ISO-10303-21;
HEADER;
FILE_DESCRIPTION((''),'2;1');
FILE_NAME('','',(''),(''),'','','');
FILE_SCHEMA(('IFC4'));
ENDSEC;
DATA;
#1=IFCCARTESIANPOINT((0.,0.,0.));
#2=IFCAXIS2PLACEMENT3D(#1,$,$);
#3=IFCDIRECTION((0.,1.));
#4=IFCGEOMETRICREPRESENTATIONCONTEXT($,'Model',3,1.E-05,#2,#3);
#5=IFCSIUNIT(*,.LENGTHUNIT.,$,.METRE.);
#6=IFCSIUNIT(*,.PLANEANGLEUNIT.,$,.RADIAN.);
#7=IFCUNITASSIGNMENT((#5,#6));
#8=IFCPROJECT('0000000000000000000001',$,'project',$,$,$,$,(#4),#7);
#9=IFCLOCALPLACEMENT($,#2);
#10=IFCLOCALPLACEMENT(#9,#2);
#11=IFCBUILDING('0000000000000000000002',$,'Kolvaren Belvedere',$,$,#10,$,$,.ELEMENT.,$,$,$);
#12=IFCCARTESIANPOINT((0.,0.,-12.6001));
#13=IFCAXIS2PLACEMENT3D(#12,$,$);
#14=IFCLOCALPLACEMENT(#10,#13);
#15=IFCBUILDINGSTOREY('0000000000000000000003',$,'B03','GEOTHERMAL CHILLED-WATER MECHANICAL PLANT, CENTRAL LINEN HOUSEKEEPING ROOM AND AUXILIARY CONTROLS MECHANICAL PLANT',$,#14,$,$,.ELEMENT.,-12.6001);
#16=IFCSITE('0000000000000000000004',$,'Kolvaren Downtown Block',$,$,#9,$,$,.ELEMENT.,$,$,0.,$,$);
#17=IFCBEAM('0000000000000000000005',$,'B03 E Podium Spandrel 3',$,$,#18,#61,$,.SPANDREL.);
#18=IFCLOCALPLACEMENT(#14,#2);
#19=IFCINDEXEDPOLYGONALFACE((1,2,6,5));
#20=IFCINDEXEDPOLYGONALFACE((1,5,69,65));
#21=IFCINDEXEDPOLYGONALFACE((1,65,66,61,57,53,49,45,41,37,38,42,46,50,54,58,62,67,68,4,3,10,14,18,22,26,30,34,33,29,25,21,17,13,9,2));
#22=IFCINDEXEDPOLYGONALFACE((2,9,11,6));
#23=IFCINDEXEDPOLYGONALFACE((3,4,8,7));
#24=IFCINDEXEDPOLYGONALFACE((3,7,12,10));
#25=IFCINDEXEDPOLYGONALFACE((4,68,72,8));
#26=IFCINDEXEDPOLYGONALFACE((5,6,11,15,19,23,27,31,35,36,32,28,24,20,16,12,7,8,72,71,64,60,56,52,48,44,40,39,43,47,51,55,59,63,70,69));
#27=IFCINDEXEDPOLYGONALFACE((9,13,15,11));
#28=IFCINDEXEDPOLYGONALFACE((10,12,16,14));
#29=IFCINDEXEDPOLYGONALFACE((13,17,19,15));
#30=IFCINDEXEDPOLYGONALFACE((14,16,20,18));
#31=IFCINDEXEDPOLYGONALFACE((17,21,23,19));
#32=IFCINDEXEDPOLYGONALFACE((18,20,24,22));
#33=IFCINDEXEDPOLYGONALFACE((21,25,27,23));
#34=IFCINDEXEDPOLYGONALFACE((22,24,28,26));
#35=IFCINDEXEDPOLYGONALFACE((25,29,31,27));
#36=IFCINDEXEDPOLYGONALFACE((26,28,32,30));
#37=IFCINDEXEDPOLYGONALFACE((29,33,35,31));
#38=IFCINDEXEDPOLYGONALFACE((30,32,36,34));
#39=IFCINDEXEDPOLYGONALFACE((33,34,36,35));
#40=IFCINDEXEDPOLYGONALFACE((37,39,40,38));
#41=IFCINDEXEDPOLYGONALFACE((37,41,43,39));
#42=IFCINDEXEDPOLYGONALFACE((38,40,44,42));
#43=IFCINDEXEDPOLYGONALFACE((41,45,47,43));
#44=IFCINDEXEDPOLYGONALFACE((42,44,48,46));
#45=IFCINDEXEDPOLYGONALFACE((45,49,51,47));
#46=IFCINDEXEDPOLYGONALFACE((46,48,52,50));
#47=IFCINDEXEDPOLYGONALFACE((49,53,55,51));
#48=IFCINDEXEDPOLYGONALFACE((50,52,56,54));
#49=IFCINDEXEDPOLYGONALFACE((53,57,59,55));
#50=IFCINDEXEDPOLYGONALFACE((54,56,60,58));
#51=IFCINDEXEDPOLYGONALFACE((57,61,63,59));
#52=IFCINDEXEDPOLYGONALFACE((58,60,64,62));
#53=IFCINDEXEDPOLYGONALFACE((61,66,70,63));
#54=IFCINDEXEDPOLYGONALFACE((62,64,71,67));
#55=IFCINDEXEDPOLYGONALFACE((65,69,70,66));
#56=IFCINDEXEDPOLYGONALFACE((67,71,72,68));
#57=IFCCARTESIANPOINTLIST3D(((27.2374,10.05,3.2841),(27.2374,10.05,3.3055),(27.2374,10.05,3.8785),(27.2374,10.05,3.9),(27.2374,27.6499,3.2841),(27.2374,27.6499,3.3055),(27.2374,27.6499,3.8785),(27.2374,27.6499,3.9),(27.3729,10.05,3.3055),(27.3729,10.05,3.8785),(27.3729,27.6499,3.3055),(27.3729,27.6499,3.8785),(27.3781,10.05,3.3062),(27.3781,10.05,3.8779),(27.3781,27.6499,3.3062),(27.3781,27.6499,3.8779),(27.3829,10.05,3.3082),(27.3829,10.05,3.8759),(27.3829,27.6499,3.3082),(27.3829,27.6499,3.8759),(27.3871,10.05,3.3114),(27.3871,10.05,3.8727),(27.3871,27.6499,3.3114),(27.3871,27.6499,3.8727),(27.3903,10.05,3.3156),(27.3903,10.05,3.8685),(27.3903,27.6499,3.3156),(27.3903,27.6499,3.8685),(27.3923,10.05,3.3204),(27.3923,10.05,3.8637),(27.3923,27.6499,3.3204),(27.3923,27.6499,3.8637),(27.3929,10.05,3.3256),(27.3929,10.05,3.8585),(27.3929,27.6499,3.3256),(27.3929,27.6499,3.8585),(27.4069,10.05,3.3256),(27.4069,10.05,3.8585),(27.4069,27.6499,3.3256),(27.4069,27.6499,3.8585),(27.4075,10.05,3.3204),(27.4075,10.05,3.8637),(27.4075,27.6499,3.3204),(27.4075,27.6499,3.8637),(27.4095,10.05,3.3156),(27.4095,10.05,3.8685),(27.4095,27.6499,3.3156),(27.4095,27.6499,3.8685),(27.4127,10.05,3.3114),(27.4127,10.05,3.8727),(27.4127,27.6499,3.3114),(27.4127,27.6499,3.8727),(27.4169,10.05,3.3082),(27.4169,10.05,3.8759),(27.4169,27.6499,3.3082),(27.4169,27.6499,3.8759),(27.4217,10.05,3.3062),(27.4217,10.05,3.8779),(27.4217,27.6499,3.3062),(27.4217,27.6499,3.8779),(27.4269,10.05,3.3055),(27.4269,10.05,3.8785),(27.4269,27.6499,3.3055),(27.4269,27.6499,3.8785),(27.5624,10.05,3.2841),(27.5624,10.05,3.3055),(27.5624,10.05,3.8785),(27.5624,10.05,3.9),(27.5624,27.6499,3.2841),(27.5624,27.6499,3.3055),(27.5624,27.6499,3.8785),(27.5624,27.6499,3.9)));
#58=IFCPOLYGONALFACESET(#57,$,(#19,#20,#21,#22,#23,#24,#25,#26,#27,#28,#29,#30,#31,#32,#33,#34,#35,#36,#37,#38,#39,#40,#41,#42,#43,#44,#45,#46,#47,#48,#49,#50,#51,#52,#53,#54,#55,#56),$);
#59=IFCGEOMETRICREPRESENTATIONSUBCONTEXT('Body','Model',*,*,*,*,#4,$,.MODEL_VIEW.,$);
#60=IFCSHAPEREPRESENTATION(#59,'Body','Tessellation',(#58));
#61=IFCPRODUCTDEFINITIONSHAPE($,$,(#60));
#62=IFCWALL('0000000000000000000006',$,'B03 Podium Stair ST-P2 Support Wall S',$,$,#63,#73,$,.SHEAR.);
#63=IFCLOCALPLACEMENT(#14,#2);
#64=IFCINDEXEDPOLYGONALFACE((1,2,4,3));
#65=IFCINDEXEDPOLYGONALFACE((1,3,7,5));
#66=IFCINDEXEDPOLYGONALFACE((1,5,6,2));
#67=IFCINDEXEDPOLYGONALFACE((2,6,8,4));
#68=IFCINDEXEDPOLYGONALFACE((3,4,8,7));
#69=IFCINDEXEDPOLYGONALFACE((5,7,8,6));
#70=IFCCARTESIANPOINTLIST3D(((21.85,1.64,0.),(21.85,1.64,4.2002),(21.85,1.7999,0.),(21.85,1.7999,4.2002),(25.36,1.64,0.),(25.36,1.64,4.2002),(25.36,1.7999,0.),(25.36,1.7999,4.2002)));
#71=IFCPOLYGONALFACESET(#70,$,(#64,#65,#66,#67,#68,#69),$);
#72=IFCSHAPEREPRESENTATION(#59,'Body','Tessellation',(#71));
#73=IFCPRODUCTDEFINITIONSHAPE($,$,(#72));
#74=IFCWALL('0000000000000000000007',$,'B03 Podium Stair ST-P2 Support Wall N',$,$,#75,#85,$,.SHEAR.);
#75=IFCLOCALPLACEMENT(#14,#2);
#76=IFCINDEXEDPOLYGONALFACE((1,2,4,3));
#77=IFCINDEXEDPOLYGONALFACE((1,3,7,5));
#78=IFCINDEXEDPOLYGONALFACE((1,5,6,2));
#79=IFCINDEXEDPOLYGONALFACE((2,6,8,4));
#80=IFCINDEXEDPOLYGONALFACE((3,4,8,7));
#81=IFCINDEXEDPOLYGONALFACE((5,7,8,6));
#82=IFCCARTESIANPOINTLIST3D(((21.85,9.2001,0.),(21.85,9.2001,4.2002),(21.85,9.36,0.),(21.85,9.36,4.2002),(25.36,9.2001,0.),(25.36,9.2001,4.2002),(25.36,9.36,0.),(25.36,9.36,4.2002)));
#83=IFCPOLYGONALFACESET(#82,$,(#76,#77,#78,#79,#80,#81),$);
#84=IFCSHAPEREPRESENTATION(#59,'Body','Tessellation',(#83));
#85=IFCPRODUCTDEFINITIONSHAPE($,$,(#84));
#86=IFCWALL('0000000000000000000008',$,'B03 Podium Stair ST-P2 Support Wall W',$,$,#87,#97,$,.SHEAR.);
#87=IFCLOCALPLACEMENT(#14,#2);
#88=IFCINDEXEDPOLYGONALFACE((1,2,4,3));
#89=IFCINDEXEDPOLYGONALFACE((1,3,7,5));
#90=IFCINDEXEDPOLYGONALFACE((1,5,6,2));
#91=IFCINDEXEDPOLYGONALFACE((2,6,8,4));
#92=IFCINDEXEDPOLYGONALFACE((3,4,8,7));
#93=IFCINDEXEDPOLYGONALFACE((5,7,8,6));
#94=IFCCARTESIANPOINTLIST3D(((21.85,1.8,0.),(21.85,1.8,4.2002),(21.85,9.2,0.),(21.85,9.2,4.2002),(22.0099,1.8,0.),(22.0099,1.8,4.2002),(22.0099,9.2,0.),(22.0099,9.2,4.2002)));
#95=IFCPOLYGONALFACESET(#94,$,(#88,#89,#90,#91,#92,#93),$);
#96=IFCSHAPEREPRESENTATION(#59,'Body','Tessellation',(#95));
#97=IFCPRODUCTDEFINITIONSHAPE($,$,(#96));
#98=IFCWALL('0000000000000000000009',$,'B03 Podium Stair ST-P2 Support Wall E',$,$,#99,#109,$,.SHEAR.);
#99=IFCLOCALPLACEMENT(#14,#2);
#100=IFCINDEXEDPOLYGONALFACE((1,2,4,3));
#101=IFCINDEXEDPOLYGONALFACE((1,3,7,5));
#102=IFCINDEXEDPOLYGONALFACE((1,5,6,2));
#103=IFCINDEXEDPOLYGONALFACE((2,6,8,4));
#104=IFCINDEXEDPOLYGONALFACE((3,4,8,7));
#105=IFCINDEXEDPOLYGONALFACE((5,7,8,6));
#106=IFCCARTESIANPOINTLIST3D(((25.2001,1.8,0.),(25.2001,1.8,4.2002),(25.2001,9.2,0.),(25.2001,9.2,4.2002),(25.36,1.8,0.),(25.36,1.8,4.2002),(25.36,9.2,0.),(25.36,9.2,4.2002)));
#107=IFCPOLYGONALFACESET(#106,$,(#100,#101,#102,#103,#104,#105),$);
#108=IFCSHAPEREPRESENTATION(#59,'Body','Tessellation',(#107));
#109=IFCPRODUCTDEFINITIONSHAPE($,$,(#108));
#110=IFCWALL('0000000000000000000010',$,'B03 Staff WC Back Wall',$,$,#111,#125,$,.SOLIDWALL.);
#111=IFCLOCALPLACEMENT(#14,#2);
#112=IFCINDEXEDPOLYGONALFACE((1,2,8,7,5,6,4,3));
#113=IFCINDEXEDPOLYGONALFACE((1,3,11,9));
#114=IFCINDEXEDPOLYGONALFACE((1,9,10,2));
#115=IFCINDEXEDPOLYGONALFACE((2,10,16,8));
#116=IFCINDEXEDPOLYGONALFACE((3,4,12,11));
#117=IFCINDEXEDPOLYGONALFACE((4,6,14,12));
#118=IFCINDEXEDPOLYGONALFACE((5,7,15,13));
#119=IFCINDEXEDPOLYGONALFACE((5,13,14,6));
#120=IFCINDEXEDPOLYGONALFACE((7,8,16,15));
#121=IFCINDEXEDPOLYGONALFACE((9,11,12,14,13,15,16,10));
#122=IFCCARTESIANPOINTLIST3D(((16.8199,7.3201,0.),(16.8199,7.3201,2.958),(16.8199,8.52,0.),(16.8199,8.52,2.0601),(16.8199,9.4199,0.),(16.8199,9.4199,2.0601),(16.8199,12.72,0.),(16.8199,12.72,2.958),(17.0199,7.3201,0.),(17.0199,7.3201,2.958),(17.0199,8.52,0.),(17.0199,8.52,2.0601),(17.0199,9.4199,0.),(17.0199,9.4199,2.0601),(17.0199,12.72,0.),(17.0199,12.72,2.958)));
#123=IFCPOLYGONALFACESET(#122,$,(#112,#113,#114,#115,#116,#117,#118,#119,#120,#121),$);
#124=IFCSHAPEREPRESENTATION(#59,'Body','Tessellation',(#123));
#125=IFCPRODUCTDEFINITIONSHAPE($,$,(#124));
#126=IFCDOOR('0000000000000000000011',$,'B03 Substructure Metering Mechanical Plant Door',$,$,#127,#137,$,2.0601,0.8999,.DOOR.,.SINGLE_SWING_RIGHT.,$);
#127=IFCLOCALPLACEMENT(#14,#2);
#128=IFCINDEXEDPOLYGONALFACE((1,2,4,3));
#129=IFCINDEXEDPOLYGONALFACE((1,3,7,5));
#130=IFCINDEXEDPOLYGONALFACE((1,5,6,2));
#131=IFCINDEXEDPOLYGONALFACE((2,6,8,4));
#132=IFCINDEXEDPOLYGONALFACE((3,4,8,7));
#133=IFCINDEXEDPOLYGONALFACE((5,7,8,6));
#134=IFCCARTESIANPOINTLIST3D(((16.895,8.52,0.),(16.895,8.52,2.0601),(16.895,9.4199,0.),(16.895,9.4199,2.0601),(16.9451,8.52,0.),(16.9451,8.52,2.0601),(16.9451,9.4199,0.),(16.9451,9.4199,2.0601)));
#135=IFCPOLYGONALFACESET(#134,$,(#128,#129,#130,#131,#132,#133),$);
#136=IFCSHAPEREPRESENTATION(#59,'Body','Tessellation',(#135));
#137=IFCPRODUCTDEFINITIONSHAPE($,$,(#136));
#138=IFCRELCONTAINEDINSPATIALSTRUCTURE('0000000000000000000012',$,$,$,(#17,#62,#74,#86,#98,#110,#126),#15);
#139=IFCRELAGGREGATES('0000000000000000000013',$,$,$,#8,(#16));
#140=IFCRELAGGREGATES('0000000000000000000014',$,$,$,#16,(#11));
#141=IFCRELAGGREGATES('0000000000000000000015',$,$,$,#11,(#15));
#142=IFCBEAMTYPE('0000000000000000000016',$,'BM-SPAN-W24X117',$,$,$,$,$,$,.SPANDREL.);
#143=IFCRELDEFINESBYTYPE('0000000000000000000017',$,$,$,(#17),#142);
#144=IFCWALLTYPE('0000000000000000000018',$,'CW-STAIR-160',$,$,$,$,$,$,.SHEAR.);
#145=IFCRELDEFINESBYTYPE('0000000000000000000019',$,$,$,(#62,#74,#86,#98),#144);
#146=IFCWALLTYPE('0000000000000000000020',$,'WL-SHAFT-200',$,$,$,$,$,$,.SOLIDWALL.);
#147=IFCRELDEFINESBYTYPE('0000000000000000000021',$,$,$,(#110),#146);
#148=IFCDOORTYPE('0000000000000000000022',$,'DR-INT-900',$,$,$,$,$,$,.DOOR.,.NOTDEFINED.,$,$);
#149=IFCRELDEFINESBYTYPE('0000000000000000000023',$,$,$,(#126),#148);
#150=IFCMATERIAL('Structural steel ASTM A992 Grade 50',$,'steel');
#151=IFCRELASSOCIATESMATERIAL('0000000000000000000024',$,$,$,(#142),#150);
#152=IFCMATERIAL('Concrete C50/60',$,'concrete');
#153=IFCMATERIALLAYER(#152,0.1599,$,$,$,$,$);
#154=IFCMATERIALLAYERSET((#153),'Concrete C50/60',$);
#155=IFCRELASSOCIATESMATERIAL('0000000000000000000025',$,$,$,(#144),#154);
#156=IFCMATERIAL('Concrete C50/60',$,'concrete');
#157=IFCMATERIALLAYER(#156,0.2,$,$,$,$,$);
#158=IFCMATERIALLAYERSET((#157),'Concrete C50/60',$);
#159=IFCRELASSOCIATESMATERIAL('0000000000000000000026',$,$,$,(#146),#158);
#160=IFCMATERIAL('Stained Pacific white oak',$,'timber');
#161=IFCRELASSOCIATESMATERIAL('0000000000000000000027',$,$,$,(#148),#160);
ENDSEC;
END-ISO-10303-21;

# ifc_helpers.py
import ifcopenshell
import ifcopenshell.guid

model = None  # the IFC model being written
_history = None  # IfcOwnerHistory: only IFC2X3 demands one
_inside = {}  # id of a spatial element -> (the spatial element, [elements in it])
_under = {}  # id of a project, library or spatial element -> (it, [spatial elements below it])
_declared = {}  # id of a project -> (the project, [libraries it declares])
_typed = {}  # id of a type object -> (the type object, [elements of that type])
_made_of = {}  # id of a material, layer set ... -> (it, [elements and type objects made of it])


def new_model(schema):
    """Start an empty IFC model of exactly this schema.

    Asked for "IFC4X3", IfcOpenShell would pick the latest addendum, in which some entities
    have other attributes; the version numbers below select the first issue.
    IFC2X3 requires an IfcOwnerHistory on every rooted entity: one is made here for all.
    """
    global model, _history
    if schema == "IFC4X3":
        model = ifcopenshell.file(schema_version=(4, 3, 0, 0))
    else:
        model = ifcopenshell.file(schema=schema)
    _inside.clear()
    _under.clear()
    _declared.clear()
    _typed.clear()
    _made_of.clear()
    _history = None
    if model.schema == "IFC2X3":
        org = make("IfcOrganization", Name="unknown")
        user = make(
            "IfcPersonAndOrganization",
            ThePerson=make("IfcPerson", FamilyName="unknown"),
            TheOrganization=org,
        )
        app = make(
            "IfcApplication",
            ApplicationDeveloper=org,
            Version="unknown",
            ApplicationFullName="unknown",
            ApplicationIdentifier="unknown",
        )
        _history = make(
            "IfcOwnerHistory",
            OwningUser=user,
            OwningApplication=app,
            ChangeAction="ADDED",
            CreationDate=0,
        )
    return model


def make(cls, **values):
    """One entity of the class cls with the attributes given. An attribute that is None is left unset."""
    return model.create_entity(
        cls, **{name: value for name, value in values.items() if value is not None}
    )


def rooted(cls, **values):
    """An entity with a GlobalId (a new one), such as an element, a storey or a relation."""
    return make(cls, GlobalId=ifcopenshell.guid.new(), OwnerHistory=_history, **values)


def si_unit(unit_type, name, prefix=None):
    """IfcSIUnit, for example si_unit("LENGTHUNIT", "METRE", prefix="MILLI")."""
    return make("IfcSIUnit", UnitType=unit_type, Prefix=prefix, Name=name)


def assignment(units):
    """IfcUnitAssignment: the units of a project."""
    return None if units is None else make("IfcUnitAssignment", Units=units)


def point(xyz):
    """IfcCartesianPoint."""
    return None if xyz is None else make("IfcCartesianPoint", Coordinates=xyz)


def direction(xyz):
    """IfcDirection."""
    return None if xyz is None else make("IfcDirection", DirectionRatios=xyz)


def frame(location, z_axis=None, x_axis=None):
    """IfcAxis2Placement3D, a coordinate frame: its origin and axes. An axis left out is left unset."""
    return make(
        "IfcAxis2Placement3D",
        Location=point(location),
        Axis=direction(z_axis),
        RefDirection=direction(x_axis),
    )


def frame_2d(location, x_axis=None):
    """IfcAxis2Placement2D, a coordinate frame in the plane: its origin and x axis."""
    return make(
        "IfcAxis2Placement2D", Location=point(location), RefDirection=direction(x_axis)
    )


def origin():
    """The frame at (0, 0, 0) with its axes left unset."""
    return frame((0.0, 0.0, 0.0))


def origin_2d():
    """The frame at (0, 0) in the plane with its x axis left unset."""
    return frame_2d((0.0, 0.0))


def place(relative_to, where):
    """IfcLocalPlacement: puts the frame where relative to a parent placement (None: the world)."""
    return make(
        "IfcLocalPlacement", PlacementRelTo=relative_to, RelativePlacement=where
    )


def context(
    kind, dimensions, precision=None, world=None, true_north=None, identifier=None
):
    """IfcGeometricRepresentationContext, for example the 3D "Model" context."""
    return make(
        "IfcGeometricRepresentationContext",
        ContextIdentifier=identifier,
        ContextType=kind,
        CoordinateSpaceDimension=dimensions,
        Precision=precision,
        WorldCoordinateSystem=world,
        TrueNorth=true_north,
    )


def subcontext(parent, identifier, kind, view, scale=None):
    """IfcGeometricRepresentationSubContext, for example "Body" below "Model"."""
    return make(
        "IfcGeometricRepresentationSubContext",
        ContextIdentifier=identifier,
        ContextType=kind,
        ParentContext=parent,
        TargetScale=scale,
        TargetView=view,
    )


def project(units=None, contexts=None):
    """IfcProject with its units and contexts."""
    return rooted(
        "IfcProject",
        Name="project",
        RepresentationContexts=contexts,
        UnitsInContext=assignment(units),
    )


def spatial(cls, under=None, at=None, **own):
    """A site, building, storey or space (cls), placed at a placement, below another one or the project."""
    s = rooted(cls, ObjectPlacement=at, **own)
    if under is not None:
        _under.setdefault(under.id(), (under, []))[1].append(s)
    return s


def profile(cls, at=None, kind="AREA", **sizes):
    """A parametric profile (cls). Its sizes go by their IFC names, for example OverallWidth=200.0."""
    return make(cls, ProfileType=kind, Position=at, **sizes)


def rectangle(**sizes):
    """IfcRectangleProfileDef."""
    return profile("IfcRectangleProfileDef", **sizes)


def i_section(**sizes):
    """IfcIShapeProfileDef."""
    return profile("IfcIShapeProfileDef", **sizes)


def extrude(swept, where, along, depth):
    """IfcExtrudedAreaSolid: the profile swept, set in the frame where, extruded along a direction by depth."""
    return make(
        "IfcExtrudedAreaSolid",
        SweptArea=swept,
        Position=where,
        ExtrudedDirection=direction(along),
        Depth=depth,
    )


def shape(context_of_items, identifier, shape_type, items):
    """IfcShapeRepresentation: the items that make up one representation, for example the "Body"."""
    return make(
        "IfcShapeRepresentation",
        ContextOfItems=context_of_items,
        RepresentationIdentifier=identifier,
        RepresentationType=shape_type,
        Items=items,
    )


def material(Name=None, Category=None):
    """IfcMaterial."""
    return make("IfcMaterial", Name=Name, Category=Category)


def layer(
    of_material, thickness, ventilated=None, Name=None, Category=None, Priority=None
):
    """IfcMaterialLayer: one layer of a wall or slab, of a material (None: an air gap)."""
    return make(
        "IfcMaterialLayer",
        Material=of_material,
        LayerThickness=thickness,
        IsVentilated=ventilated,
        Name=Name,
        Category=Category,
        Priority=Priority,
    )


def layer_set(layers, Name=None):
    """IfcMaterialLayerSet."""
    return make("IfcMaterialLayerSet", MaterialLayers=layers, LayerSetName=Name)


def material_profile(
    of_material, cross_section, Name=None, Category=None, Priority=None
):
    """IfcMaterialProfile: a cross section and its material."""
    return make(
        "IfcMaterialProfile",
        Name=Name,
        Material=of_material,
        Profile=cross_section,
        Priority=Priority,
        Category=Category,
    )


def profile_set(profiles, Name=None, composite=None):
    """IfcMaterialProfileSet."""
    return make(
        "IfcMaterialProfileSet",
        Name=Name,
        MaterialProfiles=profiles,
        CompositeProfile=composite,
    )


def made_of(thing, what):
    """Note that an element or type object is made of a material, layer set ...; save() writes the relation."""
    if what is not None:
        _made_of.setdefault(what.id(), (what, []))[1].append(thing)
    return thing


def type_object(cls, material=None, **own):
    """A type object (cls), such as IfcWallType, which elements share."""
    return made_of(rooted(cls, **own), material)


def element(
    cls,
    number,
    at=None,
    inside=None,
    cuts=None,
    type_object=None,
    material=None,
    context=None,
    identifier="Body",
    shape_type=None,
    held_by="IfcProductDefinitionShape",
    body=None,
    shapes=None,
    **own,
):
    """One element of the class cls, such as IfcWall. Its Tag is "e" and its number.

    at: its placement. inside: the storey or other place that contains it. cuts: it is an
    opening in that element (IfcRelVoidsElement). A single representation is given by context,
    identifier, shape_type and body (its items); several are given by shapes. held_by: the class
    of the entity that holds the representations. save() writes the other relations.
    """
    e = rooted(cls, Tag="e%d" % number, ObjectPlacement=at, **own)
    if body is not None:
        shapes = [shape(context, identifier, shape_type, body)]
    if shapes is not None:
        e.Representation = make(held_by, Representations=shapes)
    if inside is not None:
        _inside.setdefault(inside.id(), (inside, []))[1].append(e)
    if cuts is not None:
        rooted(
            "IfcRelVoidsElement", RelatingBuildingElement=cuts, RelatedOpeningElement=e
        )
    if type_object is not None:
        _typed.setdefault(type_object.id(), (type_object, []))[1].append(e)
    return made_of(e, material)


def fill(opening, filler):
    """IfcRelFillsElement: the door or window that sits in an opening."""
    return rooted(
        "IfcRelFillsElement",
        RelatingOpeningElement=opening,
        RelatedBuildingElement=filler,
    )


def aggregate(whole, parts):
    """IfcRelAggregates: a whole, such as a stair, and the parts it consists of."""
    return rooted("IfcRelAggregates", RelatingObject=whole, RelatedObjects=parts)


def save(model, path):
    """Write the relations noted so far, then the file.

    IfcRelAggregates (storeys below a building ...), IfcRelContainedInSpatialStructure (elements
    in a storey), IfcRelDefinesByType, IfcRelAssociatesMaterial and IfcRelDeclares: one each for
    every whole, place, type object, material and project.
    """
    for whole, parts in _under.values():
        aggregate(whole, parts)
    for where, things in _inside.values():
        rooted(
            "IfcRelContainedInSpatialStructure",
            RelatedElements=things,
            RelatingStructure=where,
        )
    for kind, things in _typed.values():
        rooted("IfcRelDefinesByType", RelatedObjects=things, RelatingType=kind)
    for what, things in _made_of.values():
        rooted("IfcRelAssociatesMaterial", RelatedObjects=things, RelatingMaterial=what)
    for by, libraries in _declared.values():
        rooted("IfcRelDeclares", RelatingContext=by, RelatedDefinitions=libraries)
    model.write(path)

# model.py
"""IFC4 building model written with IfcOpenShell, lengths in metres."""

from ifc_helpers import new_model, si_unit, direction, frame, frame_2d, origin, origin_2d, place, context, subcontext, project, spatial, rectangle, i_section, extrude, material, layer, layer_set, material_profile, profile_set, type_object, element, fill, save


model = new_model("IFC4")

# Units and contexts
model_context = context("Model", 3, precision=1e-05, world=origin(), true_north=direction((0.0, 1.0)))
body_context = subcontext(model_context, "Body", "Model", "MODEL_VIEW")
ifc_project = project(units=[si_unit("LENGTHUNIT", "METRE"), si_unit("PLANEANGLEUNIT", "RADIAN")], contexts=[model_context])

# Site, building, storey
site_placement = place(None, origin())
site = spatial("IfcSite", under=ifc_project, at=site_placement, Name="Kolvaren Downtown Block", CompositionType="ELEMENT", RefElevation=0.0)
building_placement = place(site_placement, origin())
building = spatial("IfcBuilding", under=site, at=building_placement, Name="Kolvaren Belvedere", CompositionType="ELEMENT")
storey_placement = place(building_placement, frame((0.0, 0.0, -12.6001)))
storey = spatial("IfcBuildingStorey", under=building, at=storey_placement, Name="B03", Description="GEOTHERMAL CHILLED-WATER MECHANICAL PLANT, CENTRAL LINEN HOUSEKEEPING ROOM AND AUXILIARY CONTROLS MECHANICAL PLANT", CompositionType="ELEMENT", Elevation=-12.6001)

# Beam
ifc_material_1 = material(Name="Structural steel ASTM A992 Grade 50", Category="steel")
ifc_material_profile_1 = material_profile(ifc_material_1, i_section(OverallWidth=0.325, OverallDepth=0.616, WebThickness=0.0139, FlangeThickness=0.0215, FilletRadius=0.02, at=origin_2d()), Name="W24X117")
ifc_profile_set_1 = profile_set([ifc_material_profile_1], Name="Structural steel ASTM A992 Grade 50")
beam_type_1 = type_object("IfcBeamType", Name="BM-SPAN-W24X117", PredefinedType="SPANDREL", material=ifc_profile_set_1)
beam_1_placement = place(storey_placement, frame((27.3999, 10.05, 3.592), z_axis=(0.0, 1.0, 0.0), x_axis=(-1.0, 0.0, 0.0)))
element("IfcBeam", 1, at=beam_1_placement, inside=storey, type_object=beam_type_1, Name="B03 E Podium Spandrel 3", PredefinedType="SPANDREL", context=body_context, shape_type="SweptSolid", body=[
    extrude(i_section(OverallWidth=0.325, OverallDepth=0.616, WebThickness=0.0139, FlangeThickness=0.0215, FilletRadius=0.02, at=origin_2d()), origin(), (0.0, 0.0, 1.0), 17.5999),
])

# Walls
ifc_material_2 = material(Name="Concrete C50/60", Category="concrete")
ifc_layer_1 = layer(ifc_material_2, 0.1599)
ifc_layer_set_1 = layer_set([ifc_layer_1], Name="Concrete C50/60")
wall_type_1 = type_object("IfcWallType", Name="CW-STAIR-160", PredefinedType="SHEAR", material=ifc_layer_set_1)
for number, where, z_axis, x_axis, name in (
    (2, (21.8501, 1.72, 0.0), (0.0, 0.0, 1.0), (1.0, 0.0, 0.0), "B03 Podium Stair ST-P2 Support Wall S"),
    (3, (21.8501, 9.28, 0.0), (0.0, 0.0, 1.0), (1.0, 0.0, 0.0), "B03 Podium Stair ST-P2 Support Wall N"),
):
    element("IfcWall", number, at=place(storey_placement, frame(where, z_axis=z_axis, x_axis=x_axis)), inside=storey, type_object=wall_type_1, Name=name, PredefinedType="SHEAR", context=body_context, shape_type="SweptSolid", body=[
        extrude(rectangle(XDim=3.51, YDim=0.1599, at=frame_2d((1.7549, 0.0))), origin(), (0.0, 0.0, 1.0), 4.2002),
    ])
for number, where, z_axis, x_axis, name in (
    (4, (21.9299, 1.8, 0.0), (0.0, 0.0, 1.0), (0.0, 1.0, 0.0), "B03 Podium Stair ST-P2 Support Wall W"),
    (5, (25.28, 1.8, 0.0), (0.0, 0.0, 1.0), (0.0, 1.0, 0.0), "B03 Podium Stair ST-P2 Support Wall E"),
):
    element("IfcWall", number, at=place(storey_placement, frame(where, z_axis=z_axis, x_axis=x_axis)), inside=storey, type_object=wall_type_1, Name=name, PredefinedType="SHEAR", context=body_context, shape_type="SweptSolid", body=[
        extrude(rectangle(XDim=7.3999, YDim=0.1599, at=frame_2d((3.7, 0.0))), origin(), (0.0, 0.0, 1.0), 4.2002),
    ])
ifc_material_3 = material(Name="Concrete C50/60", Category="concrete")
ifc_layer_2 = layer(ifc_material_3, 0.2)
ifc_layer_set_2 = layer_set([ifc_layer_2], Name="Concrete C50/60")
wall_type_2 = type_object("IfcWallType", Name="WL-SHAFT-200", PredefinedType="SOLIDWALL", material=ifc_layer_set_2)

# Wall, opening, door
wall_1_placement = place(storey_placement, frame((16.9199, 7.3201, 0.0), z_axis=(0.0, 0.0, 1.0), x_axis=(0.0, 1.0, 0.0)))
wall_1 = element("IfcWall", 6, at=wall_1_placement, inside=storey, type_object=wall_type_2, Name="B03 Staff WC Back Wall", PredefinedType="SOLIDWALL", context=body_context, shape_type="SweptSolid", body=[
    extrude(rectangle(XDim=5.3999, YDim=0.2, at=frame_2d((2.7, 0.0))), origin(), (0.0, 0.0, 1.0), 2.958),
])
opening_placement = place(wall_1_placement, frame((1.2, 0.0, 0.0)))
opening = element("IfcOpeningElement", 7, at=opening_placement, cuts=wall_1, PredefinedType="OPENING", context=body_context, shape_type="SweptSolid", body=[
    extrude(rectangle(XDim=0.8999, YDim=2.0601, at=frame_2d((0.45, 1.03))), frame((0.0, 0.1099, 0.0), z_axis=(0.0, -1.0, 0.0), x_axis=(1.0, 0.0, 0.0)), (0.0, 0.0, 1.0), 0.22),
])
ifc_material_4 = material(Name="Stained Pacific white oak", Category="timber")
door_type = type_object("IfcDoorType", Name="DR-INT-900", OperationType="NOTDEFINED", PredefinedType="DOOR", material=ifc_material_4)
door_placement = place(opening_placement, origin())
door = element("IfcDoor", 8, at=door_placement, inside=storey, type_object=door_type, Name="B03 Substructure Metering Mechanical Plant Door", OperationType="SINGLE_SWING_RIGHT", OverallHeight=2.0601, OverallWidth=0.8999, PredefinedType="DOOR", context=body_context, shape_type="SweptSolid", body=[
    extrude(rectangle(XDim=0.8999, YDim=2.0601, at=frame_2d((0.45, 1.03))), frame((0.0, 0.0249, 0.0), z_axis=(0.0, -1.0, 0.0), x_axis=(1.0, 0.0, 0.0)), (0.0, 0.0, 1.0), 0.05),
])
fill(opening, door)

save(model, "model.ifc")
